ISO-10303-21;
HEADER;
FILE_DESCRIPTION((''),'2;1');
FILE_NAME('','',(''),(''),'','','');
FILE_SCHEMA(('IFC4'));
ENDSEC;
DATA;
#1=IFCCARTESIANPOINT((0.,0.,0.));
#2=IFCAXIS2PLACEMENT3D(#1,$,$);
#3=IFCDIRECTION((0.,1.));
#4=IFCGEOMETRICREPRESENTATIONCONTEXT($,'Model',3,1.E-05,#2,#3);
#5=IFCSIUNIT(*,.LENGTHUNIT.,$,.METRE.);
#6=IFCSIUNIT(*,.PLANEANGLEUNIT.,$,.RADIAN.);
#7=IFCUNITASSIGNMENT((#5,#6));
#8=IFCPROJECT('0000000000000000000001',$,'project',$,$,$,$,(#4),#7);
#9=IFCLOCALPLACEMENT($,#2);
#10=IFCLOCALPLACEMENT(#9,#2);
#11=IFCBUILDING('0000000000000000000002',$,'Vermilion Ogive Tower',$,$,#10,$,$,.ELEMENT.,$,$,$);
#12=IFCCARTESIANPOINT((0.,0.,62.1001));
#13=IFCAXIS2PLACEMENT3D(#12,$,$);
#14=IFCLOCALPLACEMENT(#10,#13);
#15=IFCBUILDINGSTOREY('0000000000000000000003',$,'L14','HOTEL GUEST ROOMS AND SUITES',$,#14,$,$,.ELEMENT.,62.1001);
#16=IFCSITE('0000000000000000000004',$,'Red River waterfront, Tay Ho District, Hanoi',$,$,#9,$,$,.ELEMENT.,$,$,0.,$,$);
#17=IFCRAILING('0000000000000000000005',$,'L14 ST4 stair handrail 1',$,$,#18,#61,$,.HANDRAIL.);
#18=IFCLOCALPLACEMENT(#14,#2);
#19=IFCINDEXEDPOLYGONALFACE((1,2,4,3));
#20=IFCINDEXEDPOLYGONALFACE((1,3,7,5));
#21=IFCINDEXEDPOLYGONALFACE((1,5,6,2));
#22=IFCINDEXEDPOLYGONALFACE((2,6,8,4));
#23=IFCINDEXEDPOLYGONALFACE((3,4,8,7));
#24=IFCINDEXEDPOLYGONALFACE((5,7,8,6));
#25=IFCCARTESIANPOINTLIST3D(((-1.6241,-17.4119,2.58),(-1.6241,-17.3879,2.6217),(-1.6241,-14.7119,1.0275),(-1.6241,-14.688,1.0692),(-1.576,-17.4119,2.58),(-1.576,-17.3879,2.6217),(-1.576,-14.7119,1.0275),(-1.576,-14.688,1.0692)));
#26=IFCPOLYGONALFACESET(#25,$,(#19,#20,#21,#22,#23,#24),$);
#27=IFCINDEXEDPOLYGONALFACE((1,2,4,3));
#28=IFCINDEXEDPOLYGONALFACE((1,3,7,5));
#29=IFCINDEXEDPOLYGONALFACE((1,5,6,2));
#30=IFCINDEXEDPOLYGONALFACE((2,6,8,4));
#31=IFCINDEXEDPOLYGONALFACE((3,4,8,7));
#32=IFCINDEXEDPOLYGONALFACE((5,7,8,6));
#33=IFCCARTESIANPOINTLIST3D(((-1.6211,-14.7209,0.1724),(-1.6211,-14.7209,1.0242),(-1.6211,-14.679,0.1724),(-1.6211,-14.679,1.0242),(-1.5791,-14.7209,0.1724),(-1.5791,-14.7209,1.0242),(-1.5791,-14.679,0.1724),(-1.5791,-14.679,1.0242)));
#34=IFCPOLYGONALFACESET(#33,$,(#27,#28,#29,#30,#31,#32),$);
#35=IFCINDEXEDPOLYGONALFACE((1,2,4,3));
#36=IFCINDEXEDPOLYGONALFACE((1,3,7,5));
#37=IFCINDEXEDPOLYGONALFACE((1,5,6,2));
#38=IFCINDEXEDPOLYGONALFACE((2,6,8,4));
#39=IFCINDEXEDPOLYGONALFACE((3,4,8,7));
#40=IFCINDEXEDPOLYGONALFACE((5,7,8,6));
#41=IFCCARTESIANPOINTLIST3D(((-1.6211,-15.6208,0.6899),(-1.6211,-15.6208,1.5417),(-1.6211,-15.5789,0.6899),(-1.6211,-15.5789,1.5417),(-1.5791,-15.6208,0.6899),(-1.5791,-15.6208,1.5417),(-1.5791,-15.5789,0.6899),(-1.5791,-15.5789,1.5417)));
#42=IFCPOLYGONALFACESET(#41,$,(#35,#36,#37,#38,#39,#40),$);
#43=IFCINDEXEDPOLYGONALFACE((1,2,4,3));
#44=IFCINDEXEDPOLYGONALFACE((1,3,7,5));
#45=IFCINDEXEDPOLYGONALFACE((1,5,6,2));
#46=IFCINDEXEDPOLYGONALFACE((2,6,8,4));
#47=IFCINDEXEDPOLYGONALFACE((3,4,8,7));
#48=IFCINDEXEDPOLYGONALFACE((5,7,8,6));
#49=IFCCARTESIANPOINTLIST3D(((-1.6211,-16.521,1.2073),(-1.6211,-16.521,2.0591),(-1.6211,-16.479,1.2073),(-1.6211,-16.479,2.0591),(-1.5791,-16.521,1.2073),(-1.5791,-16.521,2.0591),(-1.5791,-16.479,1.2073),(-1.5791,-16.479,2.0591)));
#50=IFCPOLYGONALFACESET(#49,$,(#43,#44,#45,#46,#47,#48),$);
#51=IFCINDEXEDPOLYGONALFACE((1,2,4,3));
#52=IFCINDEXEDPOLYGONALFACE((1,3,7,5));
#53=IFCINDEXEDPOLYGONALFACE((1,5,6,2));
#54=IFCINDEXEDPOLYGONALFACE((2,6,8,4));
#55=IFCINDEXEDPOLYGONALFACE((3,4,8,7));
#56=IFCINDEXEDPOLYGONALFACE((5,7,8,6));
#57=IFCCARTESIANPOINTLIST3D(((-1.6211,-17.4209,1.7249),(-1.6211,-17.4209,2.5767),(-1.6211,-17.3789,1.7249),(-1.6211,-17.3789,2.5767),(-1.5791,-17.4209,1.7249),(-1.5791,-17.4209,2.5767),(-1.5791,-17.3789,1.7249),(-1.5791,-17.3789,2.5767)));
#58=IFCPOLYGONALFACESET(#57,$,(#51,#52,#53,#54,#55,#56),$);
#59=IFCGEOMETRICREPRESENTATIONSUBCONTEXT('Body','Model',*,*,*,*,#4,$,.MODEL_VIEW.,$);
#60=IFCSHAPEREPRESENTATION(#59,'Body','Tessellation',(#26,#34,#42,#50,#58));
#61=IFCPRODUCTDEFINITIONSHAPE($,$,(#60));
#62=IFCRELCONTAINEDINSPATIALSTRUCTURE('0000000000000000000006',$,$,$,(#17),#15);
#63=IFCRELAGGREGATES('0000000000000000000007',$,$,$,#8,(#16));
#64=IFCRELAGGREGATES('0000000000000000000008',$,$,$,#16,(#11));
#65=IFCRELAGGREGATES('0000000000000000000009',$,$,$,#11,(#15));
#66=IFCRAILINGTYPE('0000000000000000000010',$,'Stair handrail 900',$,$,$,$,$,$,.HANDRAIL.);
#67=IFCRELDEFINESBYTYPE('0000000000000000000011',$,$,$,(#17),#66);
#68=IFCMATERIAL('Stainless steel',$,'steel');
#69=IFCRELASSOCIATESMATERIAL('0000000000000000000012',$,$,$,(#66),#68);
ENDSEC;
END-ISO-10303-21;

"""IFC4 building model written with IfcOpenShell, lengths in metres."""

from ifc_helpers import new_model, si_unit, direction, frame, origin, origin_2d, place, context, subcontext, project, spatial, rectangle, extrude, material, type_object, element, save


model = new_model("IFC4")

# Units and contexts
model_context = context("Model", 3, precision=1e-05, world=origin(), true_north=direction((0.0, 1.0)))
body_context = subcontext(model_context, "Body", "Model", "MODEL_VIEW")
ifc_project = project(units=[si_unit("LENGTHUNIT", "METRE"), si_unit("PLANEANGLEUNIT", "RADIAN")], contexts=[model_context])

# Site, building, storey
site_placement = place(None, origin())
site = spatial("IfcSite", under=ifc_project, at=site_placement, Name="Red River waterfront, Tay Ho District, Hanoi", CompositionType="ELEMENT", RefElevation=0.0)
building_placement = place(site_placement, origin())
building = spatial("IfcBuilding", under=site, at=building_placement, Name="Vermilion Ogive Tower", CompositionType="ELEMENT")
storey_placement = place(building_placement, frame((0.0, 0.0, 62.1001)))
storey = spatial("IfcBuildingStorey", under=building, at=storey_placement, Name="L14", Description="HOTEL GUEST ROOMS AND SUITES", CompositionType="ELEMENT", Elevation=62.1001)

# Railing
ifc_material_1 = material(Name="Stainless steel", Category="steel")
railing_type_1 = type_object("IfcRailingType", Name="Stair handrail 900", PredefinedType="HANDRAIL", material=ifc_material_1)
railing_1_placement = place(storey_placement, frame((-1.6001, -14.7, 0.1724)))
element("IfcRailing", 1, at=railing_1_placement, inside=storey, type_object=railing_type_1, Name="L14 ST4 stair handrail 1", PredefinedType="HANDRAIL", context=body_context, shape_type="SweptSolid", body=[
    extrude(rectangle(XDim=0.0481, YDim=0.0481, at=origin_2d()), frame((0.0, 0.0, 0.876), z_axis=(0.0, -0.866904, 0.498476), x_axis=(1.0, 0.0, 0.0)), (0.0, 0.0, 1.0), 3.1145),
    extrude(rectangle(XDim=0.042, YDim=0.042, at=origin_2d()), origin(), (0.0, 0.0, 1.0), 0.8518),
    extrude(rectangle(XDim=0.042, YDim=0.042, at=origin_2d()), frame((0.0, -0.8999, 0.5176)), (0.0, 0.0, 1.0), 0.8518),
    extrude(rectangle(XDim=0.042, YDim=0.042, at=origin_2d()), frame((0.0, -1.8, 1.0349)), (0.0, 0.0, 1.0), 0.8518),
    extrude(rectangle(XDim=0.042, YDim=0.042, at=origin_2d()), frame((0.0, -2.7, 1.5525)), (0.0, 0.0, 1.0), 0.8518),
])

save(model, "model.ifc")
